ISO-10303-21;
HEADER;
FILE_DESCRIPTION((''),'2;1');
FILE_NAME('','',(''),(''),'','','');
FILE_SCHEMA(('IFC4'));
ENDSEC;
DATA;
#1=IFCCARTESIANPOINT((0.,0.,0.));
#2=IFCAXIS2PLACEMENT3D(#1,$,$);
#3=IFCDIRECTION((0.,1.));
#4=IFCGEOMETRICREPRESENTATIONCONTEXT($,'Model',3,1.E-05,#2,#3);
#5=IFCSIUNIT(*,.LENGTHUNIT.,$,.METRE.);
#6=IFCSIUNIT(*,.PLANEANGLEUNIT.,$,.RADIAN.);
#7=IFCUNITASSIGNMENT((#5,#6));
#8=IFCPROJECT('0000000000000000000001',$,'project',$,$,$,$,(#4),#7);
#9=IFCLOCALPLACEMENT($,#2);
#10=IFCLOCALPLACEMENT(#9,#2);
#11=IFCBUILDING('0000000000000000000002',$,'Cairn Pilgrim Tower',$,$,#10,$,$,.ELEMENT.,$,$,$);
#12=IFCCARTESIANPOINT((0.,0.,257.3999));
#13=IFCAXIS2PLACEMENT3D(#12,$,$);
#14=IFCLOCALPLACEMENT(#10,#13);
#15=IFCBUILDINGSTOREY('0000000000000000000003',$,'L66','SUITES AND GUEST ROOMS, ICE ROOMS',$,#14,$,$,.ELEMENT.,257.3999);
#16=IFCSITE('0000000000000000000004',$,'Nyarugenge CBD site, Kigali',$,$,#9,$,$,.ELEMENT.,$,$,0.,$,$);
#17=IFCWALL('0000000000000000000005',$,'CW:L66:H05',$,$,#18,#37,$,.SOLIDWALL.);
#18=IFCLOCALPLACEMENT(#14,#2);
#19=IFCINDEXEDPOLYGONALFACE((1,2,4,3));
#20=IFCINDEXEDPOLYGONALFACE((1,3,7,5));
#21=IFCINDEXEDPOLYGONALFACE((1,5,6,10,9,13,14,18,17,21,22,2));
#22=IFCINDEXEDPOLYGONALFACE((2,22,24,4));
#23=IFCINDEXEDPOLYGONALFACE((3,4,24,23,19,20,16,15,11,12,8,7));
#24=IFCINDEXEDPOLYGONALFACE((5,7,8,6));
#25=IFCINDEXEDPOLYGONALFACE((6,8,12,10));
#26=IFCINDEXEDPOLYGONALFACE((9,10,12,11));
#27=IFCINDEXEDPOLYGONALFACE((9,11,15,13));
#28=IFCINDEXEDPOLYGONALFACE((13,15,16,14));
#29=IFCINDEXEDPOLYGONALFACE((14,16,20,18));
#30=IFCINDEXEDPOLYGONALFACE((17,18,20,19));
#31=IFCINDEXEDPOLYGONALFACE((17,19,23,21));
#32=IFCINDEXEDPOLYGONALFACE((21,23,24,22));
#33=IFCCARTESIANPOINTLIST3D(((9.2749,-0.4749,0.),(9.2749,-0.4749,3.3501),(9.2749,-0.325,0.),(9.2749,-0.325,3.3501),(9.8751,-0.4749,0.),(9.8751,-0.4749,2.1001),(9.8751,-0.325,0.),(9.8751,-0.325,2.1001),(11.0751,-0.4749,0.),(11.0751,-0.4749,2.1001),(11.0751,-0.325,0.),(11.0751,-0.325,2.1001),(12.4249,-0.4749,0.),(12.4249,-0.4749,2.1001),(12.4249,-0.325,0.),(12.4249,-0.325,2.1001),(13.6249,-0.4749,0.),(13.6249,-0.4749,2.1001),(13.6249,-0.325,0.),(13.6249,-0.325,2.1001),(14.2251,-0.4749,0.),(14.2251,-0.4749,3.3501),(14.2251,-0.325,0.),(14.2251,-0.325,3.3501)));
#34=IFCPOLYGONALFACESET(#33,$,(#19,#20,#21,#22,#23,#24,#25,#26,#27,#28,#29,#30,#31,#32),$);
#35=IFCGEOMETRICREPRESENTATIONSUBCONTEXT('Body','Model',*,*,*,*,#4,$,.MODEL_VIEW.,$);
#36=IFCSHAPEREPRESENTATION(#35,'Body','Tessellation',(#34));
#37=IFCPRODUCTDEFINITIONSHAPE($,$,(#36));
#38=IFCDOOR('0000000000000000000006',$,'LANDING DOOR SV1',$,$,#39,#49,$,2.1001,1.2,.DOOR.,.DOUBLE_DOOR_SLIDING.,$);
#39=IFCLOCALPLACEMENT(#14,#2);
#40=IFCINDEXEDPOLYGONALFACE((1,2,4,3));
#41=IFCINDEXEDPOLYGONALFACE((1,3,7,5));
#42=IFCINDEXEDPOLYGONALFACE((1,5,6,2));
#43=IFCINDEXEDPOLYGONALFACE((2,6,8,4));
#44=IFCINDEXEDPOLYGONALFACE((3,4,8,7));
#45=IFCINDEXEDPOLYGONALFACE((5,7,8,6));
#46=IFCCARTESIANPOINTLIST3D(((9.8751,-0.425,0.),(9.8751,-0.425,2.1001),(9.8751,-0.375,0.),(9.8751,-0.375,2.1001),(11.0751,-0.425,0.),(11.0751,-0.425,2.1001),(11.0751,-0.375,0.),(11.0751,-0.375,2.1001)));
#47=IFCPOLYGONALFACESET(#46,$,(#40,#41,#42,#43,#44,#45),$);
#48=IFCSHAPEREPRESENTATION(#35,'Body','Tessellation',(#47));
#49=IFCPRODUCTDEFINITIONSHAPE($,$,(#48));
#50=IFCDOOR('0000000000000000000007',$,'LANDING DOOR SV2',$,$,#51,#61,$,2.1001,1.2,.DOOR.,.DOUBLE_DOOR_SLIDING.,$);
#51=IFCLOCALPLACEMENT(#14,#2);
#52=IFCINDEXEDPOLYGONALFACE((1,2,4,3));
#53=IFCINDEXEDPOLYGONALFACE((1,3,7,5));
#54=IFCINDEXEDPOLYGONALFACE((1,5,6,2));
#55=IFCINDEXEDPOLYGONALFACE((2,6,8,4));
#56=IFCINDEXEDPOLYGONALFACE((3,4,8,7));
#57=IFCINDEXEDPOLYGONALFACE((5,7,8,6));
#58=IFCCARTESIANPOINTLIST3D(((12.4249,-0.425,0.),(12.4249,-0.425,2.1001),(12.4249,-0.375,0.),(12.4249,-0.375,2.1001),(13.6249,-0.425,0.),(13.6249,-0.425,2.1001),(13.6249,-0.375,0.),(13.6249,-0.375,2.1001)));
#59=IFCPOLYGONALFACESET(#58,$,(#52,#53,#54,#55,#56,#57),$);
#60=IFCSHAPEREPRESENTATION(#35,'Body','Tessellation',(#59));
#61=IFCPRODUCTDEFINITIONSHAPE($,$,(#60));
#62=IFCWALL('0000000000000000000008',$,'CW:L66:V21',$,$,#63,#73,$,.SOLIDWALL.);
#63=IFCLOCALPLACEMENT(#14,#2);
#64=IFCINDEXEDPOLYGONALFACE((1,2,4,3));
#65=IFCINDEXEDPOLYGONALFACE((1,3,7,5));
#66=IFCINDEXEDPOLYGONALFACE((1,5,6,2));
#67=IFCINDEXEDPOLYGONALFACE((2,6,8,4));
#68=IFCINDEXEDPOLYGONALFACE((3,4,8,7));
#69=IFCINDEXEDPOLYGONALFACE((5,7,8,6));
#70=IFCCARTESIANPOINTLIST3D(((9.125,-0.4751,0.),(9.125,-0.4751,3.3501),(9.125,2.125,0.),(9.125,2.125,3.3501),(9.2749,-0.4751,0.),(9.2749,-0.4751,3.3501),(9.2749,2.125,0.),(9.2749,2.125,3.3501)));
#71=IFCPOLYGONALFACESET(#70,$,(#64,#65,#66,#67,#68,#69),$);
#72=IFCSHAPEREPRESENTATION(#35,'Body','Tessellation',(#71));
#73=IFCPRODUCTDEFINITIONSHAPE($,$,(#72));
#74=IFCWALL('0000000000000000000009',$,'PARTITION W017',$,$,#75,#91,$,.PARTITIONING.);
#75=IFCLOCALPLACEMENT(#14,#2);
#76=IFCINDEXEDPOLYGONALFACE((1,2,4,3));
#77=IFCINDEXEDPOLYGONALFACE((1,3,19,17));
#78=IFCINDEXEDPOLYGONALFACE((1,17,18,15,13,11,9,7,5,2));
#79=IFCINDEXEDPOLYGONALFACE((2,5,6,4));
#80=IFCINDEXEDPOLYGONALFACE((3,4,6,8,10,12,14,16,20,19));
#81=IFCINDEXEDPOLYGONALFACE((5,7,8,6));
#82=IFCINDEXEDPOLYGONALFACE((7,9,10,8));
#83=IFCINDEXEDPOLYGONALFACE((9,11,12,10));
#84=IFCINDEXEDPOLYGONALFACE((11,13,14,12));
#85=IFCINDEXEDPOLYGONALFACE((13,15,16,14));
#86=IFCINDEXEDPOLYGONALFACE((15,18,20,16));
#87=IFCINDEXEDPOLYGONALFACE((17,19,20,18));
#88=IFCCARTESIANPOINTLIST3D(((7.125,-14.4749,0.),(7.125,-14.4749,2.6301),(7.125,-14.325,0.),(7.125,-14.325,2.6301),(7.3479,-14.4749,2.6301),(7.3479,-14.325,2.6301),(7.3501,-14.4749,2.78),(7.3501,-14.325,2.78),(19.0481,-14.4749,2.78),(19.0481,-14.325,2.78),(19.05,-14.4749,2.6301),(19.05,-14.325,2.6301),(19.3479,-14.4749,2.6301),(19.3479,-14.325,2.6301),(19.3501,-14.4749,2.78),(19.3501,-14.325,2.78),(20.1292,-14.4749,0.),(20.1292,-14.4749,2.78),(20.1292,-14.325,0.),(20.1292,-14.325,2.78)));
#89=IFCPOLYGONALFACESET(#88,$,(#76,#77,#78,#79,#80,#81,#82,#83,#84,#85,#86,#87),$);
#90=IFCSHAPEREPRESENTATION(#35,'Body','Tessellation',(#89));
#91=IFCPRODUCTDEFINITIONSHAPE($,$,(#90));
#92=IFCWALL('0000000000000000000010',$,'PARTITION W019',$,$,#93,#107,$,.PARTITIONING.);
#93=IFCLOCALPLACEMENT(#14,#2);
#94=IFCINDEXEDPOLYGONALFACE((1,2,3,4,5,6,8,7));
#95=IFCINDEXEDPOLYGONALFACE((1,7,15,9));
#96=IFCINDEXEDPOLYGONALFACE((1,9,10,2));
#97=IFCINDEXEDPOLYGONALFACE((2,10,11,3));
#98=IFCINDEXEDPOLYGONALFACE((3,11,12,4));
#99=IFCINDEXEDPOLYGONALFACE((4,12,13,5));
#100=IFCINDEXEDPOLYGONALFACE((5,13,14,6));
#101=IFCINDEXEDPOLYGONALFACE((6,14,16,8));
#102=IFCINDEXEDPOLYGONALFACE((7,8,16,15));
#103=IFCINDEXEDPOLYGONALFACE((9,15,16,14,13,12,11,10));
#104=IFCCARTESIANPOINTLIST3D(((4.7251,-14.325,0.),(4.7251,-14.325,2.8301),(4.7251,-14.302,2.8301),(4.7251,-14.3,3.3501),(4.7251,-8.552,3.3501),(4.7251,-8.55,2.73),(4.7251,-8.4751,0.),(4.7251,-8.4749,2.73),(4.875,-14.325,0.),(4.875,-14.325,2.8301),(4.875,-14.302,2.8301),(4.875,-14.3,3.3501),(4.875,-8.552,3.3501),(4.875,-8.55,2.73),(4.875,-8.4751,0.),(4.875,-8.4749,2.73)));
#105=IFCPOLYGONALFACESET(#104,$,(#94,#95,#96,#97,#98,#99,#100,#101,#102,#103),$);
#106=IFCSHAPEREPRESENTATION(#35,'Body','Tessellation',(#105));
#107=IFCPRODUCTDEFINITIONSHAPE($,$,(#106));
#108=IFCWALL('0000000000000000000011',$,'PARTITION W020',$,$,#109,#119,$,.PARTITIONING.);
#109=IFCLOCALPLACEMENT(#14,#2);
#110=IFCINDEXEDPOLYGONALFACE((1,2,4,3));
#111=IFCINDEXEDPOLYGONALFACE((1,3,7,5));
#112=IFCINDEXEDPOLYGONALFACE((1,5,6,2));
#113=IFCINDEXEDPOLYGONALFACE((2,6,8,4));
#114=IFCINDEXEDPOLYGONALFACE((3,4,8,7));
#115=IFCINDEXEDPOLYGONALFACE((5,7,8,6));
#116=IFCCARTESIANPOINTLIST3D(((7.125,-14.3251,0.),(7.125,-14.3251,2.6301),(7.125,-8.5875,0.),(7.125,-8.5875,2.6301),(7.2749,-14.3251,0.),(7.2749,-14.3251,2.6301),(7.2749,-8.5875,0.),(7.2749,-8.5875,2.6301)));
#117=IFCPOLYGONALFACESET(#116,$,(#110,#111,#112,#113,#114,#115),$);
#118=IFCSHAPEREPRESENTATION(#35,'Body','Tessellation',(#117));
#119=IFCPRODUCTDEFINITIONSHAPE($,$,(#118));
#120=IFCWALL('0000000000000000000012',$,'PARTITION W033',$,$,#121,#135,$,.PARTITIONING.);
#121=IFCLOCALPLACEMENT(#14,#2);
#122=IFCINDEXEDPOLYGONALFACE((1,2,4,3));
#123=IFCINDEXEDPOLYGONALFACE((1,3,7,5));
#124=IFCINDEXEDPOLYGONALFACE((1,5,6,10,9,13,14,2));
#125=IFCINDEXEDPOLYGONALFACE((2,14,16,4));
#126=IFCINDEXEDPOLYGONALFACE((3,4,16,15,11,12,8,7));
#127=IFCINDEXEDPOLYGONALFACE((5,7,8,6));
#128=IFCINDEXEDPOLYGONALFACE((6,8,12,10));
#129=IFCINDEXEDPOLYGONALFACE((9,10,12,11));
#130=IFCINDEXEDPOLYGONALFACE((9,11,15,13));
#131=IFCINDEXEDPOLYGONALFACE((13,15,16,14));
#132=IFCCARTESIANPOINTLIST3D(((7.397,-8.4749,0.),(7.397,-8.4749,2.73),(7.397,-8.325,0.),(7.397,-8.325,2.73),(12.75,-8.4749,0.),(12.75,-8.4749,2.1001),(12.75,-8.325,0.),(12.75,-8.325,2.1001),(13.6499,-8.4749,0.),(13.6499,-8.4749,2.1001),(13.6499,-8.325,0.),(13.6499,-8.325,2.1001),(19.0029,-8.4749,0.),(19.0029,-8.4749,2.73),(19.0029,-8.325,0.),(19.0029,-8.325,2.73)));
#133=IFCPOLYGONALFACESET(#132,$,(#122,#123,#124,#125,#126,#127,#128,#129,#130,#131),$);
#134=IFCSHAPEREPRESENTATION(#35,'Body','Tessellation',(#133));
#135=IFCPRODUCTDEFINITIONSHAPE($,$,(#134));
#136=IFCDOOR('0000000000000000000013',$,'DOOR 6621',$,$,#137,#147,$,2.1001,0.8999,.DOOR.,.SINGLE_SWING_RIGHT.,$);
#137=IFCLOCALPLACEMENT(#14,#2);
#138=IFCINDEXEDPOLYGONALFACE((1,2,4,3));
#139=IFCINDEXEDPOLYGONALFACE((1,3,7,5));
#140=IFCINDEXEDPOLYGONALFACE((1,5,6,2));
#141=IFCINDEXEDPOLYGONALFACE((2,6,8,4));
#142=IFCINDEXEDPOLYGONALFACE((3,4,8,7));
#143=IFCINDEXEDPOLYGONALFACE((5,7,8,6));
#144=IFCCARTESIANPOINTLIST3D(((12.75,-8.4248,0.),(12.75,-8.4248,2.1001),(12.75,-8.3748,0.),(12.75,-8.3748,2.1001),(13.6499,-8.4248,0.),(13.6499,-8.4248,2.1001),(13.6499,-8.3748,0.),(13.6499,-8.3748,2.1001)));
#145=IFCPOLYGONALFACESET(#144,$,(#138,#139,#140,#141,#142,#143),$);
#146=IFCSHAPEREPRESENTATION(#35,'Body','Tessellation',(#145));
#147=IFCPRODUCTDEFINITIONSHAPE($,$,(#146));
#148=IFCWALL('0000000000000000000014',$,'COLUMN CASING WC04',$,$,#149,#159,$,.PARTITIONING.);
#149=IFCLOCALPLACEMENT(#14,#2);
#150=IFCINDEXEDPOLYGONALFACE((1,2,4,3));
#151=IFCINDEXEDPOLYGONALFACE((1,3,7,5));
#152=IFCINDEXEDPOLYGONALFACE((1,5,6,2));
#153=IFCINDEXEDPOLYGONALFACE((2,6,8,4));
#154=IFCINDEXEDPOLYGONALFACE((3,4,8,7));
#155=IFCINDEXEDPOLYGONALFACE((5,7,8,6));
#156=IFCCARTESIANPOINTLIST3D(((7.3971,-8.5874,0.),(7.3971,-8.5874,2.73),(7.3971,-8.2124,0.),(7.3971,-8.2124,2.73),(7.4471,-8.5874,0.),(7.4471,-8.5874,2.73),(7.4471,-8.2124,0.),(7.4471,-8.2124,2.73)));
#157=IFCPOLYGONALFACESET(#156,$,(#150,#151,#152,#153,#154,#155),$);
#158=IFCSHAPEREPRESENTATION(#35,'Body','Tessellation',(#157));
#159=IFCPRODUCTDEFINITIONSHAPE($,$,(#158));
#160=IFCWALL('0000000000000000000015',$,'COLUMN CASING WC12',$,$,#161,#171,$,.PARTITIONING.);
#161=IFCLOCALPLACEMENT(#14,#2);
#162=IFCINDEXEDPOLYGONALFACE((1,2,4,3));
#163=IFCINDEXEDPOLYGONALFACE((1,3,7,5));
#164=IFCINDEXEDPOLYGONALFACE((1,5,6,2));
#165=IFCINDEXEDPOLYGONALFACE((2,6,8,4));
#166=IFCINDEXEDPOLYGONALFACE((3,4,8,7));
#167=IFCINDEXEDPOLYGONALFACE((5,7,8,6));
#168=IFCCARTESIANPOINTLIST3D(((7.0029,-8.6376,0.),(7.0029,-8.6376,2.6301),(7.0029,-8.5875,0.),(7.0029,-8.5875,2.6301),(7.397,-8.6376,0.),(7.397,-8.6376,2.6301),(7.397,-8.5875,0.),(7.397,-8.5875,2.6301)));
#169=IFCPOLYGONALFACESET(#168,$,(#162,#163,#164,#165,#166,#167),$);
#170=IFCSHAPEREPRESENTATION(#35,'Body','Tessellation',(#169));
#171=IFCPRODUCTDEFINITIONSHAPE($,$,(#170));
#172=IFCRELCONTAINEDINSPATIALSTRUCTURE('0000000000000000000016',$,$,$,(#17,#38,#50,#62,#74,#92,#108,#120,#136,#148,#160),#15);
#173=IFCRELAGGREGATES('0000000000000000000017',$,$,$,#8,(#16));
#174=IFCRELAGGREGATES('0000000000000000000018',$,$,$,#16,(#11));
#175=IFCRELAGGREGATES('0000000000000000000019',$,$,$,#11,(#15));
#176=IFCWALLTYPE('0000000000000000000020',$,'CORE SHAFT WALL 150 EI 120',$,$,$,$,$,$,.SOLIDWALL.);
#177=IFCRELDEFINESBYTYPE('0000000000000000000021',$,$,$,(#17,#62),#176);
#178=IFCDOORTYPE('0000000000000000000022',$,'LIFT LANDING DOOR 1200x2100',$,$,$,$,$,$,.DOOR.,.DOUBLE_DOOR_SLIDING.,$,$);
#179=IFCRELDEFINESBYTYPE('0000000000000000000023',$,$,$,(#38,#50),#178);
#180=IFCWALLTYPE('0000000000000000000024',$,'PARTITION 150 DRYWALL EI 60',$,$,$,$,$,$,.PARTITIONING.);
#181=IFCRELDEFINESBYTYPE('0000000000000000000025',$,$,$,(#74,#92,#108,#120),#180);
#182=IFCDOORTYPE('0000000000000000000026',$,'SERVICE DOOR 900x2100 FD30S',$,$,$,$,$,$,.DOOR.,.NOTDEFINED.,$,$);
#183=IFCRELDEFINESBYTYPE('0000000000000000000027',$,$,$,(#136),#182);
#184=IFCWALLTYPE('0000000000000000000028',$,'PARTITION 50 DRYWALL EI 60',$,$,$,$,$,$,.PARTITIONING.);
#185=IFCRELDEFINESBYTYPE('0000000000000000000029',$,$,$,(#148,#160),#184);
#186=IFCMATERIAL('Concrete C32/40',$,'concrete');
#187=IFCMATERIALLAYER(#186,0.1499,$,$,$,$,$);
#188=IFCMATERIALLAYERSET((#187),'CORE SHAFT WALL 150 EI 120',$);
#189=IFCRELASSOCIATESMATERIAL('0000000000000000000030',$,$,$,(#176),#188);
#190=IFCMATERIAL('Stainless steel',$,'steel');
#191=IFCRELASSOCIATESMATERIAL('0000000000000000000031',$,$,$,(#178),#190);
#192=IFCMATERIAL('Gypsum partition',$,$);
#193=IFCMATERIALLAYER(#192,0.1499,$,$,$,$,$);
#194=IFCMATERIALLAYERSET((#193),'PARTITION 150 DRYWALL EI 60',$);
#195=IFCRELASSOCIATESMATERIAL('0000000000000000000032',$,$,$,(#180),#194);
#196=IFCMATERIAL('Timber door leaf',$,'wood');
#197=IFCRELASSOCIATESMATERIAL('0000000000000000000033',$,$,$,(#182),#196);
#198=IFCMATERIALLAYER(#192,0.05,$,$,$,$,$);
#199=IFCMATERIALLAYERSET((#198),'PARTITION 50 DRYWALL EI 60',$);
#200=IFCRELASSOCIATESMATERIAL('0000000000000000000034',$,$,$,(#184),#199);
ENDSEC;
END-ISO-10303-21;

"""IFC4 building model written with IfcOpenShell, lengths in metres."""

from ifc_helpers import new_model, si_unit, direction, frame, frame_2d, origin, place, context, subcontext, project, spatial, polyline, rectangle, outline, extrude, material, layer, layer_set, type_object, element, fill, save


model = new_model("IFC4")

# Units and contexts
model_context = context("Model", 3, precision=1e-05, world=origin(), true_north=direction((0.0, 1.0)))
body_context = subcontext(model_context, "Body", "Model", "MODEL_VIEW")
ifc_project = project(units=[si_unit("LENGTHUNIT", "METRE"), si_unit("PLANEANGLEUNIT", "RADIAN")], contexts=[model_context])

# Site, building, storey
site_placement = place(None, origin())
site = spatial("IfcSite", under=ifc_project, at=site_placement, Name="Nyarugenge CBD site, Kigali", CompositionType="ELEMENT", RefElevation=0.0)
building_placement = place(site_placement, origin())
building = spatial("IfcBuilding", under=site, at=building_placement, Name="Cairn Pilgrim Tower", CompositionType="ELEMENT")
storey_placement = place(building_placement, frame((0.0, 0.0, 257.3999)))
storey = spatial("IfcBuildingStorey", under=building, at=storey_placement, Name="L66", Description="SUITES AND GUEST ROOMS, ICE ROOMS", CompositionType="ELEMENT", Elevation=257.3999)

# Shared definitions
ifc_material_1 = material(Name="Concrete C32/40", Category="concrete")

# Wall, openings, doors
ifc_layer_1 = layer(ifc_material_1, 0.1499)
ifc_layer_set_1 = layer_set([ifc_layer_1], Name="CORE SHAFT WALL 150 EI 120")
wall_type_1 = type_object("IfcWallType", Name="CORE SHAFT WALL 150 EI 120", PredefinedType="SOLIDWALL", material=ifc_layer_set_1)
wall_1_placement = place(storey_placement, frame((9.2749, -0.3999, 0.0), z_axis=(0.0, 0.0, 1.0), x_axis=(1.0, 0.0, 0.0)))
wall_1 = element("IfcWall", 1, at=wall_1_placement, inside=storey, type_object=wall_type_1, Name="CW:L66:H05", PredefinedType="SOLIDWALL", context=body_context, shape_type="SweptSolid", body=[
    extrude(rectangle(XDim=4.9502, YDim=0.1499, at=frame_2d((2.4751, 0.0))), origin(), (0.0, 0.0, 1.0), 3.3501),
])
opening_1_placement = place(wall_1_placement, frame((0.6001, 0.0, 0.0)))
opening_1 = element("IfcOpeningElement", 2, at=opening_1_placement, cuts=wall_1, PredefinedType="OPENING", context=body_context, shape_type="SweptSolid", body=[
    extrude(rectangle(XDim=1.2, YDim=2.1001, at=frame_2d((0.6001, 1.05))), frame((0.0, 0.085, 0.0), z_axis=(0.0, -1.0, 0.0), x_axis=(1.0, 0.0, 0.0)), (0.0, 0.0, 1.0), 0.1699),
])
opening_2_placement = place(wall_1_placement, frame((3.1499, 0.0, 0.0)))
opening_2 = element("IfcOpeningElement", 3, at=opening_2_placement, cuts=wall_1, PredefinedType="OPENING", context=body_context, shape_type="SweptSolid", body=[
    extrude(rectangle(XDim=1.2, YDim=2.1001, at=frame_2d((0.6001, 1.05))), frame((0.0, 0.085, 0.0), z_axis=(0.0, -1.0, 0.0), x_axis=(1.0, 0.0, 0.0)), (0.0, 0.0, 1.0), 0.1699),
])
ifc_material_2 = material(Name="Stainless steel", Category="steel")
door_type_1 = type_object("IfcDoorType", Name="LIFT LANDING DOOR 1200x2100", OperationType="DOUBLE_DOOR_SLIDING", PredefinedType="DOOR", material=ifc_material_2)
door_1_placement = place(opening_1_placement, origin())
door_1 = element("IfcDoor", 4, at=door_1_placement, inside=storey, type_object=door_type_1, Name="LANDING DOOR SV1", OperationType="DOUBLE_DOOR_SLIDING", OverallHeight=2.1001, OverallWidth=1.2, PredefinedType="DOOR", context=body_context, shape_type="SweptSolid", body=[
    extrude(rectangle(XDim=1.2, YDim=2.1001, at=frame_2d((0.6001, 1.05))), frame((0.0, 0.0249, 0.0), z_axis=(0.0, -1.0, 0.0), x_axis=(1.0, 0.0, 0.0)), (0.0, 0.0, 1.0), 0.05),
])
fill(opening_1, door_1)
door_2_placement = place(opening_2_placement, origin())
door_2 = element("IfcDoor", 5, at=door_2_placement, inside=storey, type_object=door_type_1, Name="LANDING DOOR SV2", OperationType="DOUBLE_DOOR_SLIDING", OverallHeight=2.1001, OverallWidth=1.2, PredefinedType="DOOR", context=body_context, shape_type="SweptSolid", body=[
    extrude(rectangle(XDim=1.2, YDim=2.1001, at=frame_2d((0.6001, 1.05))), frame((0.0, 0.0249, 0.0), z_axis=(0.0, -1.0, 0.0), x_axis=(1.0, 0.0, 0.0)), (0.0, 0.0, 1.0), 0.05),
])
fill(opening_2, door_2)

# Walls
wall_2_placement = place(storey_placement, frame((9.2, -0.4751, 0.0), z_axis=(0.0, 0.0, 1.0), x_axis=(0.0, 1.0, 0.0)))
element("IfcWall", 6, at=wall_2_placement, inside=storey, type_object=wall_type_1, Name="CW:L66:V21", PredefinedType="SOLIDWALL", context=body_context, shape_type="SweptSolid", body=[
    extrude(rectangle(XDim=2.6001, YDim=0.1499, at=frame_2d((1.3, 0.0))), origin(), (0.0, 0.0, 1.0), 3.3501),
])
ifc_material_3 = material(Name="Gypsum partition")
ifc_layer_2 = layer(ifc_material_3, 0.1499)
ifc_layer_set_2 = layer_set([ifc_layer_2], Name="PARTITION 150 DRYWALL EI 60")
wall_type_2 = type_object("IfcWallType", Name="PARTITION 150 DRYWALL EI 60", PredefinedType="PARTITIONING", material=ifc_layer_set_2)
wall_3_placement = place(storey_placement, frame((7.125, -14.3999, 0.0), z_axis=(0.0, 0.0, 1.0), x_axis=(1.0, 0.0, 0.0)))
element("IfcWall", 7, at=wall_3_placement, inside=storey, type_object=wall_type_2, Name="PARTITION W017", PredefinedType="PARTITIONING", context=body_context, shape_type="SweptSolid", body=[
    extrude(outline(polyline([(0.0, 0.0), (13.0042, 0.0), (13.0042, 2.78), (12.2251, 2.78), (12.2229, 2.6301), (11.925, 2.6301), (11.9231, 2.78), (0.2251, 2.78), (0.2229, 2.6301), (0.0, 2.6301), (0.0, 0.0)])), frame((0.0, 0.075, 0.0), z_axis=(0.0, -1.0, 0.0), x_axis=(1.0, 0.0, 0.0)), (0.0, 0.0, 1.0), 0.1499),
])
wall_4_placement = place(storey_placement, frame((4.8, -14.325, 0.0), z_axis=(0.0, 0.0, 1.0), x_axis=(0.0, 1.0, 0.0)))
element("IfcWall", 8, at=wall_4_placement, inside=storey, type_object=wall_type_2, Name="PARTITION W019", PredefinedType="PARTITIONING", context=body_context, shape_type="SweptSolid", body=[
    extrude(outline(polyline([(0.0, 0.0), (5.8499, 0.0), (5.8501, 2.73), (5.7749, 2.73), (5.7729, 3.3501), (0.0249, 3.3501), (0.0229, 2.8301), (0.0, 2.8301), (0.0, 0.0)])), frame((0.0, 0.075, 0.0), z_axis=(0.0, -1.0, 0.0), x_axis=(1.0, 0.0, 0.0)), (0.0, 0.0, 1.0), 0.1499),
])
wall_5_placement = place(storey_placement, frame((7.2, -14.325, 0.0), z_axis=(0.0, 0.0, 1.0), x_axis=(0.0, 1.0, 0.0)))
element("IfcWall", 9, at=wall_5_placement, inside=storey, type_object=wall_type_2, Name="PARTITION W020", PredefinedType="PARTITIONING", context=body_context, shape_type="SweptSolid", body=[
    extrude(rectangle(XDim=5.7375, YDim=0.1499, at=frame_2d((2.8687, 0.0))), origin(), (0.0, 0.0, 1.0), 2.6301),
])

# Wall, opening, door
wall_6_placement = place(storey_placement, frame((7.397, -8.3999, 0.0), z_axis=(0.0, 0.0, 1.0), x_axis=(1.0, 0.0, 0.0)))
wall_6 = element("IfcWall", 10, at=wall_6_placement, inside=storey, type_object=wall_type_2, Name="PARTITION W033", PredefinedType="PARTITIONING", context=body_context, shape_type="SweptSolid", body=[
    extrude(rectangle(XDim=11.606, YDim=0.1499, at=frame_2d((5.803, 0.0))), origin(), (0.0, 0.0, 1.0), 2.73),
])
opening_3_placement = place(wall_6_placement, frame((5.353, 0.0, 0.0)))
opening_3 = element("IfcOpeningElement", 11, at=opening_3_placement, cuts=wall_6, PredefinedType="OPENING", context=body_context, shape_type="SweptSolid", body=[
    extrude(rectangle(XDim=0.8999, YDim=2.1001, at=frame_2d((0.45, 1.05))), frame((0.0, 0.085, 0.0), z_axis=(0.0, -1.0, 0.0), x_axis=(1.0, 0.0, 0.0)), (0.0, 0.0, 1.0), 0.1699),
])
ifc_material_4 = material(Name="Timber door leaf", Category="wood")
door_type_2 = type_object("IfcDoorType", Name="SERVICE DOOR 900x2100 FD30S", OperationType="NOTDEFINED", PredefinedType="DOOR", material=ifc_material_4)
door_3_placement = place(opening_3_placement, frame((0.8999, 0.0, 0.0), z_axis=(0.0, 0.0, 1.0), x_axis=(-1.0, 0.0, 0.0)))
door_3 = element("IfcDoor", 12, at=door_3_placement, inside=storey, type_object=door_type_2, Name="DOOR 6621", OperationType="SINGLE_SWING_RIGHT", OverallHeight=2.1001, OverallWidth=0.8999, PredefinedType="DOOR", context=body_context, shape_type="SweptSolid", body=[
    extrude(rectangle(XDim=0.8999, YDim=2.1001, at=frame_2d((0.45, 1.05))), frame((0.0, 0.0249, 0.0), z_axis=(0.0, -1.0, 0.0), x_axis=(1.0, 0.0, 0.0)), (0.0, 0.0, 1.0), 0.05),
])
fill(opening_3, door_3)

# Walls
ifc_layer_3 = layer(ifc_material_3, 0.05)
ifc_layer_set_3 = layer_set([ifc_layer_3], Name="PARTITION 50 DRYWALL EI 60")
wall_type_3 = type_object("IfcWallType", Name="PARTITION 50 DRYWALL EI 60", PredefinedType="PARTITIONING", material=ifc_layer_set_3)
wall_7_placement = place(storey_placement, frame((7.4221, -8.5874, 0.0), z_axis=(0.0, 0.0, 1.0), x_axis=(0.0, 1.0, 0.0)))
element("IfcWall", 13, at=wall_7_placement, inside=storey, type_object=wall_type_3, Name="COLUMN CASING WC04", PredefinedType="PARTITIONING", context=body_context, shape_type="SweptSolid", body=[
    extrude(rectangle(XDim=0.375, YDim=0.05, at=frame_2d((0.1875, 0.0))), origin(), (0.0, 0.0, 1.0), 2.73),
])
wall_8_placement = place(storey_placement, frame((7.0029, -8.6125, 0.0), z_axis=(0.0, 0.0, 1.0), x_axis=(1.0, 0.0, 0.0)))
element("IfcWall", 14, at=wall_8_placement, inside=storey, type_object=wall_type_3, Name="COLUMN CASING WC12", PredefinedType="PARTITIONING", context=body_context, shape_type="SweptSolid", body=[
    extrude(rectangle(XDim=0.394, YDim=0.05, at=frame_2d((0.197, 0.0))), origin(), (0.0, 0.0, 1.0), 2.6301),
])

save(model, "model.ifc")
